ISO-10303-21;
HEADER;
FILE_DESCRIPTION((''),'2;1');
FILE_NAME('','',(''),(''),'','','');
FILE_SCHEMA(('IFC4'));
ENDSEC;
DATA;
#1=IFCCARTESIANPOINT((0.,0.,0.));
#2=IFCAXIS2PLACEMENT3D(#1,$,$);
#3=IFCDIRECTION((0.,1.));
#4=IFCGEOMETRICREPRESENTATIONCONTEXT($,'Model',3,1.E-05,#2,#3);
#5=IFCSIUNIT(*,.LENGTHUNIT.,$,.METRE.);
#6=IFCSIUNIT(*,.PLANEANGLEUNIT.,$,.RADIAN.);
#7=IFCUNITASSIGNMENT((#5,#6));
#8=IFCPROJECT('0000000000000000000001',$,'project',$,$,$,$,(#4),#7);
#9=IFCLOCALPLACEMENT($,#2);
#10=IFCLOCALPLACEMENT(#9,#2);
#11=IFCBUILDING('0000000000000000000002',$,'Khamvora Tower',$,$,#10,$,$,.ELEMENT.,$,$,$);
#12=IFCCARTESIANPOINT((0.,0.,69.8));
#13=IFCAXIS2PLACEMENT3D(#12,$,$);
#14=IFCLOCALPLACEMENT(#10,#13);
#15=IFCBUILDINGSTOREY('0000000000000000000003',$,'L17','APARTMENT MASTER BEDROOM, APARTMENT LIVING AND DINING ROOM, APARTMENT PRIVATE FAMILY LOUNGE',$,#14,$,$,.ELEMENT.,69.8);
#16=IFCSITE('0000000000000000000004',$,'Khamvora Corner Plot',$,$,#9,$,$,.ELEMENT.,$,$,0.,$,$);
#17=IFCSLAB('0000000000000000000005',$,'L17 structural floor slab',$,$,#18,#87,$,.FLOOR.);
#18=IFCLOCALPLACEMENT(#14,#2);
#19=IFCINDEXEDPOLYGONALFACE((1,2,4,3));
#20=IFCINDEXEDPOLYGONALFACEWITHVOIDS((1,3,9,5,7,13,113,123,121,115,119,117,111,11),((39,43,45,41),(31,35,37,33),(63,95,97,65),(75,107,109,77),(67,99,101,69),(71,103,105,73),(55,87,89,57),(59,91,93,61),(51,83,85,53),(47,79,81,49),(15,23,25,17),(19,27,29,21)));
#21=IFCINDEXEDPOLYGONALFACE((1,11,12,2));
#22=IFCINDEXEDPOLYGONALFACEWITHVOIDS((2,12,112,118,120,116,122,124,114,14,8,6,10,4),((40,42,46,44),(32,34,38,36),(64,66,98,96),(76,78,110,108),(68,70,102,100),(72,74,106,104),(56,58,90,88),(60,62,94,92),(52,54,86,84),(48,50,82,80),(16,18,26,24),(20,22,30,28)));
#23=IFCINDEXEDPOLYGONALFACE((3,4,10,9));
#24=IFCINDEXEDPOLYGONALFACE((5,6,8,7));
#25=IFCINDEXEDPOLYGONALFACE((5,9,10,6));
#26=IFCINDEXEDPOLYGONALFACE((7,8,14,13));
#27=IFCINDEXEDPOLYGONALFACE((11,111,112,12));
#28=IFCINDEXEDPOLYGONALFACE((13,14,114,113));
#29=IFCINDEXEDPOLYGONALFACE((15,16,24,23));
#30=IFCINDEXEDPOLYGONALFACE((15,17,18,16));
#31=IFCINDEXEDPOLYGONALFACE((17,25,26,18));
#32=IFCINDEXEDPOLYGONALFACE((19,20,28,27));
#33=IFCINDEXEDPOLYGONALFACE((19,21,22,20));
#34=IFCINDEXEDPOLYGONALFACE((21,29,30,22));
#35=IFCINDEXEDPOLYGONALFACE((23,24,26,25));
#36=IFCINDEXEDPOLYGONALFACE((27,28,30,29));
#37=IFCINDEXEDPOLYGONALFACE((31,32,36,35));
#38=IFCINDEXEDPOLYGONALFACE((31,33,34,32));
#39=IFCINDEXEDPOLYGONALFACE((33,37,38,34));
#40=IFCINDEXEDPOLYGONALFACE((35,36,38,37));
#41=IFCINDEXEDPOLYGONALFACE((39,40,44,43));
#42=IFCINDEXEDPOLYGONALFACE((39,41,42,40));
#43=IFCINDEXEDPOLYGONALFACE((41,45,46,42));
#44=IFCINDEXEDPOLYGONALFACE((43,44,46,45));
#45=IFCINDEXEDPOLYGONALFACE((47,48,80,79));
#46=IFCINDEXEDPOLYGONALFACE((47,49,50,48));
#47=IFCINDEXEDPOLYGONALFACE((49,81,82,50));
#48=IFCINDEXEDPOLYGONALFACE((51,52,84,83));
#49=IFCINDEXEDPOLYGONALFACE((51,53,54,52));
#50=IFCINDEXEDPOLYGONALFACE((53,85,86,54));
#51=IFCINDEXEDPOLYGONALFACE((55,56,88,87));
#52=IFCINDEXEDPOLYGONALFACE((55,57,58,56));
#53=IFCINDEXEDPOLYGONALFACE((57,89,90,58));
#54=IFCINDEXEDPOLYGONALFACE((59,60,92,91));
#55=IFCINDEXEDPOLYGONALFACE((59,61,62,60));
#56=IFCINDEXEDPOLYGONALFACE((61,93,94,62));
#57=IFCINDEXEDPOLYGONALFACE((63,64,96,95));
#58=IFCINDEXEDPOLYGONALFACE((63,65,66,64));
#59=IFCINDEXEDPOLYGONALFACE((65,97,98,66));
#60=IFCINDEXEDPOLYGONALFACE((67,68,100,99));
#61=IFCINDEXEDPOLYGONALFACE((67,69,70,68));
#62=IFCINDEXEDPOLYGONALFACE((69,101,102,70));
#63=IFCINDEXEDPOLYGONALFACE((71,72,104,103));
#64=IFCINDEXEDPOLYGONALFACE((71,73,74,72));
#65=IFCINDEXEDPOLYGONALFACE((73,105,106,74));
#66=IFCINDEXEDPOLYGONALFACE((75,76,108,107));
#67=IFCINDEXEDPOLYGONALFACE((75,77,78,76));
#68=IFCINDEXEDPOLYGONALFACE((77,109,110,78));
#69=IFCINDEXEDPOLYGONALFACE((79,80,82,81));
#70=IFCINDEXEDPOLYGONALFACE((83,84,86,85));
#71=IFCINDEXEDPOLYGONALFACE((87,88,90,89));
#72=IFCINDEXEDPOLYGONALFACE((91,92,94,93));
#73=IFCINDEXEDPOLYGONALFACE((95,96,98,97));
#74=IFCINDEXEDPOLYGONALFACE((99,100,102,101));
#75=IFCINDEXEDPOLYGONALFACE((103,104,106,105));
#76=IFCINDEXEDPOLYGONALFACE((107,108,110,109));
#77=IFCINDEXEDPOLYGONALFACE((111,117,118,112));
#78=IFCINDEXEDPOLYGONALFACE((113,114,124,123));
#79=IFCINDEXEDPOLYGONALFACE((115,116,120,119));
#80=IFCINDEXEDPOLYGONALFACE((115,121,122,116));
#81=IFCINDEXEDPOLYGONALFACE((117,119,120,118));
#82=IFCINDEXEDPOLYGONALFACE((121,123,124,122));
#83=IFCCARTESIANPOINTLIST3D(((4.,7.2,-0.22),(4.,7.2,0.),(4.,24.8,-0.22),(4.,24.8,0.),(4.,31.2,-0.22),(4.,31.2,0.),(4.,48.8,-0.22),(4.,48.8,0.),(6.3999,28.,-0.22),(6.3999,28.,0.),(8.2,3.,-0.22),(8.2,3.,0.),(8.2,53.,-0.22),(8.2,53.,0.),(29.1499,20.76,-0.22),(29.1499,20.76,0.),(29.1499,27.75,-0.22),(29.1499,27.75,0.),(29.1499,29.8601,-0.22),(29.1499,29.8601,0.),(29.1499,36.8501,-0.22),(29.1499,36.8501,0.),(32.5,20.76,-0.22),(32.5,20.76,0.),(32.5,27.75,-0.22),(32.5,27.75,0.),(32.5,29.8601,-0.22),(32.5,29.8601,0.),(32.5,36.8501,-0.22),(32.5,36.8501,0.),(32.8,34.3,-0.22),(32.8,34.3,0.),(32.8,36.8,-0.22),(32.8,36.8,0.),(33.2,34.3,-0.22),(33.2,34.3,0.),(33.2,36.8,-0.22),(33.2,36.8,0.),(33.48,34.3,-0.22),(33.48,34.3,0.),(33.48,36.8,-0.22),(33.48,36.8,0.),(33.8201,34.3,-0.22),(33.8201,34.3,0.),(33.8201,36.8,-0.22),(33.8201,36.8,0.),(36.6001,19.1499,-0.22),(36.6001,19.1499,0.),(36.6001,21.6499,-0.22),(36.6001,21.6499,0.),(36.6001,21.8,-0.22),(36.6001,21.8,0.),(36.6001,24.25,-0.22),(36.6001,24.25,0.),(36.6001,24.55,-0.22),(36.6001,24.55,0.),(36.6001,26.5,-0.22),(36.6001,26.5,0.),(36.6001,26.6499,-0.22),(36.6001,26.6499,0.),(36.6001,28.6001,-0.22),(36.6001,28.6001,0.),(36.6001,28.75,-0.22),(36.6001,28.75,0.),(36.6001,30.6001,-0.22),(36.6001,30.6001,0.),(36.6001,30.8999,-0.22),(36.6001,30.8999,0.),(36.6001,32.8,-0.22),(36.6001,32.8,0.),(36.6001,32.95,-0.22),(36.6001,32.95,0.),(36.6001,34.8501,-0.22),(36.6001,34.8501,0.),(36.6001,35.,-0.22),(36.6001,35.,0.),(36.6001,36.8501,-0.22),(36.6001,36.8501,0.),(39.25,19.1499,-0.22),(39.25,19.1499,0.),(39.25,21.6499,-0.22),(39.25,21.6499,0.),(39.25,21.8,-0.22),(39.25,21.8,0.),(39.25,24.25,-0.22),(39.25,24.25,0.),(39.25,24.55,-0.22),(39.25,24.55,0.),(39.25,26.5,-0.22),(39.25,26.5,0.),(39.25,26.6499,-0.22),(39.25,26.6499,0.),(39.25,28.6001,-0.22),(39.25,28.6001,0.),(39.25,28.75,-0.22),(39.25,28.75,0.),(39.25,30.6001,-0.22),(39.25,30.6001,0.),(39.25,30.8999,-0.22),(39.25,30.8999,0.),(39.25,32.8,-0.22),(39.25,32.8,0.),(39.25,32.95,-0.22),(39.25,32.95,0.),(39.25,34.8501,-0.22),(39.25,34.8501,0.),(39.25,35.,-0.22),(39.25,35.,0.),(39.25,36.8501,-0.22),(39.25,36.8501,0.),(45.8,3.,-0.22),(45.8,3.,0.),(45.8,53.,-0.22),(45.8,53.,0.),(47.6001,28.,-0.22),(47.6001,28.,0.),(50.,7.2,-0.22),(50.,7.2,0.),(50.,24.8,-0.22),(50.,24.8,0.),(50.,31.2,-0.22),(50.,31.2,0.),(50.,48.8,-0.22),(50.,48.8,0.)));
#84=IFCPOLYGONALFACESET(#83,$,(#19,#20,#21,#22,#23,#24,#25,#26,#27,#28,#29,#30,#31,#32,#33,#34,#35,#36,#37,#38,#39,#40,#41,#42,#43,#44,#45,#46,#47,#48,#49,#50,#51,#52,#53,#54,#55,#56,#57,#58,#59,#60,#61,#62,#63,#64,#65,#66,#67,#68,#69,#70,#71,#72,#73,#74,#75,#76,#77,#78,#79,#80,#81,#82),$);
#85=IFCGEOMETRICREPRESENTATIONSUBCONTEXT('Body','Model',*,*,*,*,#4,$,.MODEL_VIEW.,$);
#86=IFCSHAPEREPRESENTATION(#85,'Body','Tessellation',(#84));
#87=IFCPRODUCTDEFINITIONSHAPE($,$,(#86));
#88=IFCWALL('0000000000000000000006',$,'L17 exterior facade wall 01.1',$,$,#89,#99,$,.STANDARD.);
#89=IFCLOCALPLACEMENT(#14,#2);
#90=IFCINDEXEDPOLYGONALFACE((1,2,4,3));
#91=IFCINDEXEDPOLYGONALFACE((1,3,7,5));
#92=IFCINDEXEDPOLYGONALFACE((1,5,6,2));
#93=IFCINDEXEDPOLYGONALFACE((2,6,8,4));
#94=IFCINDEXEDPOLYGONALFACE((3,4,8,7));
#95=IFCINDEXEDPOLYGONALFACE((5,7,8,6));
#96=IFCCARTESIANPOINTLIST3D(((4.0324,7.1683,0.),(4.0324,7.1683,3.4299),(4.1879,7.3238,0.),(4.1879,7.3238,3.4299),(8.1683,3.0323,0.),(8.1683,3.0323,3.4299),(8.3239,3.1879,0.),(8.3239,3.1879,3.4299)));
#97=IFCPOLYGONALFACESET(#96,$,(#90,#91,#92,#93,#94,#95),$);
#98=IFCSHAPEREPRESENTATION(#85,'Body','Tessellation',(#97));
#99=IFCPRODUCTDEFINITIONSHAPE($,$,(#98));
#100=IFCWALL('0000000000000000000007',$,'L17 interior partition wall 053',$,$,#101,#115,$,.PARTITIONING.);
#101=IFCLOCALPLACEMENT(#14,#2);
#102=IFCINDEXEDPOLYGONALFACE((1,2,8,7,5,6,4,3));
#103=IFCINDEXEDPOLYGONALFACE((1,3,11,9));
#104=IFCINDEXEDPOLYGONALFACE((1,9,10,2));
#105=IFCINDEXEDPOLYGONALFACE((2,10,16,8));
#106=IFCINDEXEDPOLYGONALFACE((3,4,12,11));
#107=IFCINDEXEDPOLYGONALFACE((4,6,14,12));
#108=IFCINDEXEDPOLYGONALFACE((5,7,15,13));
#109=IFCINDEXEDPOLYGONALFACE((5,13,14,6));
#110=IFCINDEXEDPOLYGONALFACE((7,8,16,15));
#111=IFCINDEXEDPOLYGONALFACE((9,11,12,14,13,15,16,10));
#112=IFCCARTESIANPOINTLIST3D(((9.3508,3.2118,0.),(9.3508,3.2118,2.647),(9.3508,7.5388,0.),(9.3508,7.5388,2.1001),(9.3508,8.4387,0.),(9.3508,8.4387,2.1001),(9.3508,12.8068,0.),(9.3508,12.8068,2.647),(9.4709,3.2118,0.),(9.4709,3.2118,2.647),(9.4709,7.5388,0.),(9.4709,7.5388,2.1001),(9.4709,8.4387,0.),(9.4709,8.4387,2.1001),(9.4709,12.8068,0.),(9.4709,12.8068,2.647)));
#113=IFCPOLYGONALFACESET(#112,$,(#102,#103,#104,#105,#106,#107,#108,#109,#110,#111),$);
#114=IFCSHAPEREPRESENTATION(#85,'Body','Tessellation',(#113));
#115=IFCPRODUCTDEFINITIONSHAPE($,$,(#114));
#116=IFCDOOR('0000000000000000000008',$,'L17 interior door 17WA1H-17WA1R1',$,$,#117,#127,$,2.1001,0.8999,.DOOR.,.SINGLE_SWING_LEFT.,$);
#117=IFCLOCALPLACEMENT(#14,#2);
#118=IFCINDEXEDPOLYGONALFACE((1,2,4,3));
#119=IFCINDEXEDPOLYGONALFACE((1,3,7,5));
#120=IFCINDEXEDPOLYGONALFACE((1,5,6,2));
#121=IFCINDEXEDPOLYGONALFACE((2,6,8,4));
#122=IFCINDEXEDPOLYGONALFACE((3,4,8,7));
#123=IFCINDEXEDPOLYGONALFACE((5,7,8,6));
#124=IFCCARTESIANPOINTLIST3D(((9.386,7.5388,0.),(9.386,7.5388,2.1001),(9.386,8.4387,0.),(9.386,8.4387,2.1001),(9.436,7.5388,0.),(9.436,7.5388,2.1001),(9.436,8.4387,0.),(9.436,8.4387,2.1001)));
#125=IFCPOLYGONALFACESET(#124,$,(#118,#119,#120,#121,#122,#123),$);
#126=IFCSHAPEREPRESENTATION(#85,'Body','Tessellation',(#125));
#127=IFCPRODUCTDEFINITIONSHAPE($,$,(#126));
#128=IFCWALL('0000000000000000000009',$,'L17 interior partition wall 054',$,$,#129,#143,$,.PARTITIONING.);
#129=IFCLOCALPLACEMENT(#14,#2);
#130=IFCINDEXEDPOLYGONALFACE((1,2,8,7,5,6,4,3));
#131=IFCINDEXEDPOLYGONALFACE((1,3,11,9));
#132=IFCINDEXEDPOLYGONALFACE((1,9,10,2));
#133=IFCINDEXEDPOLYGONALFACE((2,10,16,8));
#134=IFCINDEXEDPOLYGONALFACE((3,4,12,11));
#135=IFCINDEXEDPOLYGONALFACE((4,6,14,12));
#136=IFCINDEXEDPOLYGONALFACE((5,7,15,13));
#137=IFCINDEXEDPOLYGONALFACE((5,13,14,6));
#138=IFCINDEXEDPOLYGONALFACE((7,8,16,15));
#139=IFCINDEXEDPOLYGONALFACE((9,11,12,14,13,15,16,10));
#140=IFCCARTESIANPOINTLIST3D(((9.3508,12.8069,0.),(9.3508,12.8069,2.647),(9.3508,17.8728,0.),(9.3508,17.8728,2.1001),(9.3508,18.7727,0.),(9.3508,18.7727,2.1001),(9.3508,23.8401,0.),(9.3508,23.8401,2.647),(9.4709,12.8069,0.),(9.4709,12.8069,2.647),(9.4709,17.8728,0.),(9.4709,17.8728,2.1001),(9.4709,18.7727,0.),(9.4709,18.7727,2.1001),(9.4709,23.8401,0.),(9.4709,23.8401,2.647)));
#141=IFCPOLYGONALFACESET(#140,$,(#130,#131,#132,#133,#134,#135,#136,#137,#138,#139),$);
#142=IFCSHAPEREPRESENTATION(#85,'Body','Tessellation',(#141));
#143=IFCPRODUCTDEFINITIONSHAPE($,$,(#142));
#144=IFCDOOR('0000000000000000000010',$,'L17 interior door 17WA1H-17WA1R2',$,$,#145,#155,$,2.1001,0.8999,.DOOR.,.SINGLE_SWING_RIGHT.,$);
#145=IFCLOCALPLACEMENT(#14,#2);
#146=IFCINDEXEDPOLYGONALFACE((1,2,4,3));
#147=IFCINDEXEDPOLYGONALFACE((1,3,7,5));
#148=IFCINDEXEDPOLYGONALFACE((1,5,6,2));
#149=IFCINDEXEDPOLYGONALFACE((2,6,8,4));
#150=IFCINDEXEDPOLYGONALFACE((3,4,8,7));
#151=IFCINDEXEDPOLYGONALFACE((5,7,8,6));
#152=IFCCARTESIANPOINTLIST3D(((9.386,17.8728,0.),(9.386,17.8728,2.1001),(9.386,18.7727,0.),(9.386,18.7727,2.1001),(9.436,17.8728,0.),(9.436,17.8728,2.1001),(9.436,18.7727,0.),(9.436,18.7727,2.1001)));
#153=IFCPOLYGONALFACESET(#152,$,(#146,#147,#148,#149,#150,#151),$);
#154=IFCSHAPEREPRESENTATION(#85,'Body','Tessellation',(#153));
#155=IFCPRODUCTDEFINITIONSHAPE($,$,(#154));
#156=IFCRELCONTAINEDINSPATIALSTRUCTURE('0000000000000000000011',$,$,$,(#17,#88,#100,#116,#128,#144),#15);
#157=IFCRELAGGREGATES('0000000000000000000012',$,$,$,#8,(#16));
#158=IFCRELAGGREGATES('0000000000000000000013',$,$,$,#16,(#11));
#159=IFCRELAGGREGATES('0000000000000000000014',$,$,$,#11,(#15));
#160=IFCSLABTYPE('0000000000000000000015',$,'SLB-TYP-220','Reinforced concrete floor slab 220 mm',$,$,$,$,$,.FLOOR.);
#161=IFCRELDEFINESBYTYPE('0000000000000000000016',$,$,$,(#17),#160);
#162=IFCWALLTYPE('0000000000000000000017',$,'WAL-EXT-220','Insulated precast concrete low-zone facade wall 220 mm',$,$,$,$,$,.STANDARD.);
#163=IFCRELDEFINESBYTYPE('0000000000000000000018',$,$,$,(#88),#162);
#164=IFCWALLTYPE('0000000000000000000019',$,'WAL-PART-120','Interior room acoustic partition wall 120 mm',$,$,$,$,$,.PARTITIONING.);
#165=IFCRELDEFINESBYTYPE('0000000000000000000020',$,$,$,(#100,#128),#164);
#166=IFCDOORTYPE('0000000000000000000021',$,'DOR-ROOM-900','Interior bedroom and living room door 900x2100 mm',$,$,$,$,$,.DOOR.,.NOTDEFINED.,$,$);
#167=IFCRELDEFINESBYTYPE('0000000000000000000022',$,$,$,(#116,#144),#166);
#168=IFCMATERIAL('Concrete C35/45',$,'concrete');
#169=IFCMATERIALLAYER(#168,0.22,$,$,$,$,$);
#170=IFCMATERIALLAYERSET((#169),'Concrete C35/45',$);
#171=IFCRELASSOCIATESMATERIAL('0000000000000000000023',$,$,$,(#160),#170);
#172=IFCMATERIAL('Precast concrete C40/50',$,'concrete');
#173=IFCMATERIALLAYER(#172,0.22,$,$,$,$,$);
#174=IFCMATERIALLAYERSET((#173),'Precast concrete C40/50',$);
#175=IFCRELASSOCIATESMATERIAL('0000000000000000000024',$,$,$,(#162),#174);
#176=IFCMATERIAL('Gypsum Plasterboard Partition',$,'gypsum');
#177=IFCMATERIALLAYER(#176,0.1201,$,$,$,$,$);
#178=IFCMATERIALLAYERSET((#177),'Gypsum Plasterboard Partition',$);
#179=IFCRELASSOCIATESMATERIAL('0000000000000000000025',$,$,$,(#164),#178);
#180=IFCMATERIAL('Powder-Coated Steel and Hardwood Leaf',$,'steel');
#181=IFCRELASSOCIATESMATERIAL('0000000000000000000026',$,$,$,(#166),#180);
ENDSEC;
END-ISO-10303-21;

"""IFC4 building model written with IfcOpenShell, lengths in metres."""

from ifc_helpers import new_model, si_unit, direction, frame, frame_2d, origin, place, context, subcontext, project, spatial, polyline, rectangle, outline, extrude, material, layer, layer_set, type_object, element, fill, save


model = new_model("IFC4")

# Units and contexts
model_context = context("Model", 3, precision=1e-05, world=origin(), true_north=direction((0.0, 1.0)))
body_context = subcontext(model_context, "Body", "Model", "MODEL_VIEW")
ifc_project = project(units=[si_unit("LENGTHUNIT", "METRE"), si_unit("PLANEANGLEUNIT", "RADIAN")], contexts=[model_context])

# Site, building, storey
site_placement = place(None, origin())
site = spatial("IfcSite", under=ifc_project, at=site_placement, Name="Khamvora Corner Plot", CompositionType="ELEMENT", RefElevation=0.0)
building_placement = place(site_placement, origin())
building = spatial("IfcBuilding", under=site, at=building_placement, Name="Khamvora Tower", CompositionType="ELEMENT")
storey_placement = place(building_placement, frame((0.0, 0.0, 69.8)))
storey = spatial("IfcBuildingStorey", under=building, at=storey_placement, Name="L17", Description="APARTMENT MASTER BEDROOM, APARTMENT LIVING AND DINING ROOM, APARTMENT PRIVATE FAMILY LOUNGE", CompositionType="ELEMENT", Elevation=69.8)

# Slab
ifc_material_1 = material(Name="Concrete C35/45", Category="concrete")
ifc_layer_1 = layer(ifc_material_1, 0.22)
ifc_layer_set_1 = layer_set([ifc_layer_1], Name="Concrete C35/45")
slab_type_1 = type_object("IfcSlabType", Name="SLB-TYP-220", Description="Reinforced concrete floor slab 220 mm", PredefinedType="FLOOR", material=ifc_layer_set_1)
slab_1_placement = place(storey_placement, frame((0.0, 0.0, -0.22)))
element("IfcSlab", 1, at=slab_1_placement, inside=storey, type_object=slab_type_1, Name="L17 structural floor slab", PredefinedType="FLOOR", context=body_context, shape_type="SweptSolid", body=[
    extrude(outline(polyline([(8.2, 3.0), (45.8, 3.0), (50.0, 7.2), (50.0, 24.8), (47.6001, 28.0), (50.0, 31.2), (50.0, 48.8), (45.8, 53.0), (8.2, 53.0), (4.0, 48.8), (4.0, 31.2), (6.3999, 28.0), (4.0, 24.8), (4.0, 7.2), (8.2, 3.0)]), holes=[polyline([(32.5, 20.76), (32.5, 27.75), (29.1499, 27.75), (29.1499, 20.76), (32.5, 20.76)]), polyline([(32.5, 29.8601), (32.5, 36.8501), (29.1499, 36.8501), (29.1499, 29.8601), (32.5, 29.8601)]), polyline([(36.6001, 19.1499), (39.25, 19.1499), (39.25, 21.6499), (36.6001, 21.6499), (36.6001, 19.1499)]), polyline([(36.6001, 21.8), (39.25, 21.8), (39.25, 24.25), (36.6001, 24.25), (36.6001, 21.8)]), polyline([(36.6001, 24.55), (39.25, 24.55), (39.25, 26.5), (36.6001, 26.5), (36.6001, 24.55)]), polyline([(36.6001, 26.6499), (39.25, 26.6499), (39.25, 28.6001), (36.6001, 28.6001), (36.6001, 26.6499)]), polyline([(36.6001, 28.75), (39.25, 28.75), (39.25, 30.6001), (36.6001, 30.6001), (36.6001, 28.75)]), polyline([(36.6001, 30.8999), (39.25, 30.8999), (39.25, 32.8), (36.6001, 32.8), (36.6001, 30.8999)]), polyline([(36.6001, 32.95), (39.25, 32.95), (39.25, 34.8501), (36.6001, 34.8501), (36.6001, 32.95)]), polyline([(36.6001, 35.0), (39.25, 35.0), (39.25, 36.8501), (36.6001, 36.8501), (36.6001, 35.0)]), polyline([(32.8, 34.3), (33.2, 34.3), (33.2, 36.8), (32.8, 36.8), (32.8, 34.3)]), polyline([(33.48, 34.3), (33.8201, 34.3), (33.8201, 36.8), (33.48, 36.8), (33.48, 34.3)])]), origin(), (0.0, 0.0, 1.0), 0.22),
])

# Wall
ifc_material_2 = material(Name="Precast concrete C40/50", Category="concrete")
ifc_layer_2 = layer(ifc_material_2, 0.22)
ifc_layer_set_2 = layer_set([ifc_layer_2], Name="Precast concrete C40/50")
wall_type_1 = type_object("IfcWallType", Name="WAL-EXT-220", Description="Insulated precast concrete low-zone facade wall 220 mm", PredefinedType="STANDARD", material=ifc_layer_set_2)
wall_1_placement = place(storey_placement, frame((8.2461, 3.1101, 0.0), z_axis=(0.0, 0.0, 1.0), x_axis=(-0.707107, 0.707107, 0.0)))
element("IfcWall", 2, at=wall_1_placement, inside=storey, type_object=wall_type_1, Name="L17 exterior facade wall 01.1", PredefinedType="STANDARD", context=body_context, shape_type="SweptSolid", body=[
    extrude(rectangle(XDim=5.8491, YDim=0.22, at=frame_2d((2.9246, 0.0))), origin(), (0.0, 0.0, 1.0), 3.4299),
])

# Walls, openings, doors
ifc_material_3 = material(Name="Gypsum Plasterboard Partition", Category="gypsum")
ifc_layer_3 = layer(ifc_material_3, 0.1201)
ifc_layer_set_3 = layer_set([ifc_layer_3], Name="Gypsum Plasterboard Partition")
wall_type_2 = type_object("IfcWallType", Name="WAL-PART-120", Description="Interior room acoustic partition wall 120 mm", PredefinedType="PARTITIONING", material=ifc_layer_set_3)
wall_2_placement = place(storey_placement, frame((9.4109, 3.2119, 0.0), z_axis=(0.0, 0.0, 1.0), x_axis=(0.0, 1.0, 0.0)))
wall_2 = element("IfcWall", 3, at=wall_2_placement, inside=storey, type_object=wall_type_2, Name="L17 interior partition wall 053", PredefinedType="PARTITIONING", context=body_context, shape_type="SweptSolid", body=[
    extrude(rectangle(XDim=9.595, YDim=0.1201, at=frame_2d((4.7974, 0.0))), origin(), (0.0, 0.0, 1.0), 2.647),
])
opening_1_placement = place(wall_2_placement, frame((4.3269, 0.0, 0.0)))
opening_1 = element("IfcOpeningElement", 4, at=opening_1_placement, cuts=wall_2, PredefinedType="OPENING", context=body_context, shape_type="SweptSolid", body=[
    extrude(rectangle(XDim=0.8999, YDim=2.1001, at=frame_2d((0.45, 1.05))), frame((0.0, 0.0701, 0.0), z_axis=(0.0, -1.0, 0.0), x_axis=(1.0, 0.0, 0.0)), (0.0, 0.0, 1.0), 0.1401),
])
ifc_material_4 = material(Name="Powder-Coated Steel and Hardwood Leaf", Category="steel")
door_type = type_object("IfcDoorType", Name="DOR-ROOM-900", Description="Interior bedroom and living room door 900x2100 mm", OperationType="NOTDEFINED", PredefinedType="DOOR", material=ifc_material_4)
door_1_placement = place(opening_1_placement, origin())
door_1 = element("IfcDoor", 5, at=door_1_placement, inside=storey, type_object=door_type, Name="L17 interior door 17WA1H-17WA1R1", OperationType="SINGLE_SWING_LEFT", OverallHeight=2.1001, OverallWidth=0.8999, PredefinedType="DOOR", context=body_context, shape_type="SweptSolid", body=[
    extrude(rectangle(XDim=0.8999, YDim=2.1001, at=frame_2d((0.45, 1.05))), frame((0.0, 0.0249, 0.0), z_axis=(0.0, -1.0, 0.0), x_axis=(1.0, 0.0, 0.0)), (0.0, 0.0, 1.0), 0.05),
])
fill(opening_1, door_1)
wall_3_placement = place(storey_placement, frame((9.4109, 12.8069, 0.0), z_axis=(0.0, 0.0, 1.0), x_axis=(0.0, 1.0, 0.0)))
wall_3 = element("IfcWall", 6, at=wall_3_placement, inside=storey, type_object=wall_type_2, Name="L17 interior partition wall 054", PredefinedType="PARTITIONING", context=body_context, shape_type="SweptSolid", body=[
    extrude(rectangle(XDim=11.0332, YDim=0.1201, at=frame_2d((5.5166, 0.0))), origin(), (0.0, 0.0, 1.0), 2.647),
])
opening_2_placement = place(wall_3_placement, frame((5.0659, 0.0, 0.0)))
opening_2 = element("IfcOpeningElement", 7, at=opening_2_placement, cuts=wall_3, PredefinedType="OPENING", context=body_context, shape_type="SweptSolid", body=[
    extrude(rectangle(XDim=0.8999, YDim=2.1001, at=frame_2d((0.45, 1.05))), frame((0.0, 0.0701, 0.0), z_axis=(0.0, -1.0, 0.0), x_axis=(1.0, 0.0, 0.0)), (0.0, 0.0, 1.0), 0.1401),
])
door_2_placement = place(opening_2_placement, origin())
door_2 = element("IfcDoor", 8, at=door_2_placement, inside=storey, type_object=door_type, Name="L17 interior door 17WA1H-17WA1R2", OperationType="SINGLE_SWING_RIGHT", OverallHeight=2.1001, OverallWidth=0.8999, PredefinedType="DOOR", context=body_context, shape_type="SweptSolid", body=[
    extrude(rectangle(XDim=0.8999, YDim=2.1001, at=frame_2d((0.45, 1.05))), frame((0.0, 0.0249, 0.0), z_axis=(0.0, -1.0, 0.0), x_axis=(1.0, 0.0, 0.0)), (0.0, 0.0, 1.0), 0.05),
])
fill(opening_2, door_2)

save(model, "model.ifc")
